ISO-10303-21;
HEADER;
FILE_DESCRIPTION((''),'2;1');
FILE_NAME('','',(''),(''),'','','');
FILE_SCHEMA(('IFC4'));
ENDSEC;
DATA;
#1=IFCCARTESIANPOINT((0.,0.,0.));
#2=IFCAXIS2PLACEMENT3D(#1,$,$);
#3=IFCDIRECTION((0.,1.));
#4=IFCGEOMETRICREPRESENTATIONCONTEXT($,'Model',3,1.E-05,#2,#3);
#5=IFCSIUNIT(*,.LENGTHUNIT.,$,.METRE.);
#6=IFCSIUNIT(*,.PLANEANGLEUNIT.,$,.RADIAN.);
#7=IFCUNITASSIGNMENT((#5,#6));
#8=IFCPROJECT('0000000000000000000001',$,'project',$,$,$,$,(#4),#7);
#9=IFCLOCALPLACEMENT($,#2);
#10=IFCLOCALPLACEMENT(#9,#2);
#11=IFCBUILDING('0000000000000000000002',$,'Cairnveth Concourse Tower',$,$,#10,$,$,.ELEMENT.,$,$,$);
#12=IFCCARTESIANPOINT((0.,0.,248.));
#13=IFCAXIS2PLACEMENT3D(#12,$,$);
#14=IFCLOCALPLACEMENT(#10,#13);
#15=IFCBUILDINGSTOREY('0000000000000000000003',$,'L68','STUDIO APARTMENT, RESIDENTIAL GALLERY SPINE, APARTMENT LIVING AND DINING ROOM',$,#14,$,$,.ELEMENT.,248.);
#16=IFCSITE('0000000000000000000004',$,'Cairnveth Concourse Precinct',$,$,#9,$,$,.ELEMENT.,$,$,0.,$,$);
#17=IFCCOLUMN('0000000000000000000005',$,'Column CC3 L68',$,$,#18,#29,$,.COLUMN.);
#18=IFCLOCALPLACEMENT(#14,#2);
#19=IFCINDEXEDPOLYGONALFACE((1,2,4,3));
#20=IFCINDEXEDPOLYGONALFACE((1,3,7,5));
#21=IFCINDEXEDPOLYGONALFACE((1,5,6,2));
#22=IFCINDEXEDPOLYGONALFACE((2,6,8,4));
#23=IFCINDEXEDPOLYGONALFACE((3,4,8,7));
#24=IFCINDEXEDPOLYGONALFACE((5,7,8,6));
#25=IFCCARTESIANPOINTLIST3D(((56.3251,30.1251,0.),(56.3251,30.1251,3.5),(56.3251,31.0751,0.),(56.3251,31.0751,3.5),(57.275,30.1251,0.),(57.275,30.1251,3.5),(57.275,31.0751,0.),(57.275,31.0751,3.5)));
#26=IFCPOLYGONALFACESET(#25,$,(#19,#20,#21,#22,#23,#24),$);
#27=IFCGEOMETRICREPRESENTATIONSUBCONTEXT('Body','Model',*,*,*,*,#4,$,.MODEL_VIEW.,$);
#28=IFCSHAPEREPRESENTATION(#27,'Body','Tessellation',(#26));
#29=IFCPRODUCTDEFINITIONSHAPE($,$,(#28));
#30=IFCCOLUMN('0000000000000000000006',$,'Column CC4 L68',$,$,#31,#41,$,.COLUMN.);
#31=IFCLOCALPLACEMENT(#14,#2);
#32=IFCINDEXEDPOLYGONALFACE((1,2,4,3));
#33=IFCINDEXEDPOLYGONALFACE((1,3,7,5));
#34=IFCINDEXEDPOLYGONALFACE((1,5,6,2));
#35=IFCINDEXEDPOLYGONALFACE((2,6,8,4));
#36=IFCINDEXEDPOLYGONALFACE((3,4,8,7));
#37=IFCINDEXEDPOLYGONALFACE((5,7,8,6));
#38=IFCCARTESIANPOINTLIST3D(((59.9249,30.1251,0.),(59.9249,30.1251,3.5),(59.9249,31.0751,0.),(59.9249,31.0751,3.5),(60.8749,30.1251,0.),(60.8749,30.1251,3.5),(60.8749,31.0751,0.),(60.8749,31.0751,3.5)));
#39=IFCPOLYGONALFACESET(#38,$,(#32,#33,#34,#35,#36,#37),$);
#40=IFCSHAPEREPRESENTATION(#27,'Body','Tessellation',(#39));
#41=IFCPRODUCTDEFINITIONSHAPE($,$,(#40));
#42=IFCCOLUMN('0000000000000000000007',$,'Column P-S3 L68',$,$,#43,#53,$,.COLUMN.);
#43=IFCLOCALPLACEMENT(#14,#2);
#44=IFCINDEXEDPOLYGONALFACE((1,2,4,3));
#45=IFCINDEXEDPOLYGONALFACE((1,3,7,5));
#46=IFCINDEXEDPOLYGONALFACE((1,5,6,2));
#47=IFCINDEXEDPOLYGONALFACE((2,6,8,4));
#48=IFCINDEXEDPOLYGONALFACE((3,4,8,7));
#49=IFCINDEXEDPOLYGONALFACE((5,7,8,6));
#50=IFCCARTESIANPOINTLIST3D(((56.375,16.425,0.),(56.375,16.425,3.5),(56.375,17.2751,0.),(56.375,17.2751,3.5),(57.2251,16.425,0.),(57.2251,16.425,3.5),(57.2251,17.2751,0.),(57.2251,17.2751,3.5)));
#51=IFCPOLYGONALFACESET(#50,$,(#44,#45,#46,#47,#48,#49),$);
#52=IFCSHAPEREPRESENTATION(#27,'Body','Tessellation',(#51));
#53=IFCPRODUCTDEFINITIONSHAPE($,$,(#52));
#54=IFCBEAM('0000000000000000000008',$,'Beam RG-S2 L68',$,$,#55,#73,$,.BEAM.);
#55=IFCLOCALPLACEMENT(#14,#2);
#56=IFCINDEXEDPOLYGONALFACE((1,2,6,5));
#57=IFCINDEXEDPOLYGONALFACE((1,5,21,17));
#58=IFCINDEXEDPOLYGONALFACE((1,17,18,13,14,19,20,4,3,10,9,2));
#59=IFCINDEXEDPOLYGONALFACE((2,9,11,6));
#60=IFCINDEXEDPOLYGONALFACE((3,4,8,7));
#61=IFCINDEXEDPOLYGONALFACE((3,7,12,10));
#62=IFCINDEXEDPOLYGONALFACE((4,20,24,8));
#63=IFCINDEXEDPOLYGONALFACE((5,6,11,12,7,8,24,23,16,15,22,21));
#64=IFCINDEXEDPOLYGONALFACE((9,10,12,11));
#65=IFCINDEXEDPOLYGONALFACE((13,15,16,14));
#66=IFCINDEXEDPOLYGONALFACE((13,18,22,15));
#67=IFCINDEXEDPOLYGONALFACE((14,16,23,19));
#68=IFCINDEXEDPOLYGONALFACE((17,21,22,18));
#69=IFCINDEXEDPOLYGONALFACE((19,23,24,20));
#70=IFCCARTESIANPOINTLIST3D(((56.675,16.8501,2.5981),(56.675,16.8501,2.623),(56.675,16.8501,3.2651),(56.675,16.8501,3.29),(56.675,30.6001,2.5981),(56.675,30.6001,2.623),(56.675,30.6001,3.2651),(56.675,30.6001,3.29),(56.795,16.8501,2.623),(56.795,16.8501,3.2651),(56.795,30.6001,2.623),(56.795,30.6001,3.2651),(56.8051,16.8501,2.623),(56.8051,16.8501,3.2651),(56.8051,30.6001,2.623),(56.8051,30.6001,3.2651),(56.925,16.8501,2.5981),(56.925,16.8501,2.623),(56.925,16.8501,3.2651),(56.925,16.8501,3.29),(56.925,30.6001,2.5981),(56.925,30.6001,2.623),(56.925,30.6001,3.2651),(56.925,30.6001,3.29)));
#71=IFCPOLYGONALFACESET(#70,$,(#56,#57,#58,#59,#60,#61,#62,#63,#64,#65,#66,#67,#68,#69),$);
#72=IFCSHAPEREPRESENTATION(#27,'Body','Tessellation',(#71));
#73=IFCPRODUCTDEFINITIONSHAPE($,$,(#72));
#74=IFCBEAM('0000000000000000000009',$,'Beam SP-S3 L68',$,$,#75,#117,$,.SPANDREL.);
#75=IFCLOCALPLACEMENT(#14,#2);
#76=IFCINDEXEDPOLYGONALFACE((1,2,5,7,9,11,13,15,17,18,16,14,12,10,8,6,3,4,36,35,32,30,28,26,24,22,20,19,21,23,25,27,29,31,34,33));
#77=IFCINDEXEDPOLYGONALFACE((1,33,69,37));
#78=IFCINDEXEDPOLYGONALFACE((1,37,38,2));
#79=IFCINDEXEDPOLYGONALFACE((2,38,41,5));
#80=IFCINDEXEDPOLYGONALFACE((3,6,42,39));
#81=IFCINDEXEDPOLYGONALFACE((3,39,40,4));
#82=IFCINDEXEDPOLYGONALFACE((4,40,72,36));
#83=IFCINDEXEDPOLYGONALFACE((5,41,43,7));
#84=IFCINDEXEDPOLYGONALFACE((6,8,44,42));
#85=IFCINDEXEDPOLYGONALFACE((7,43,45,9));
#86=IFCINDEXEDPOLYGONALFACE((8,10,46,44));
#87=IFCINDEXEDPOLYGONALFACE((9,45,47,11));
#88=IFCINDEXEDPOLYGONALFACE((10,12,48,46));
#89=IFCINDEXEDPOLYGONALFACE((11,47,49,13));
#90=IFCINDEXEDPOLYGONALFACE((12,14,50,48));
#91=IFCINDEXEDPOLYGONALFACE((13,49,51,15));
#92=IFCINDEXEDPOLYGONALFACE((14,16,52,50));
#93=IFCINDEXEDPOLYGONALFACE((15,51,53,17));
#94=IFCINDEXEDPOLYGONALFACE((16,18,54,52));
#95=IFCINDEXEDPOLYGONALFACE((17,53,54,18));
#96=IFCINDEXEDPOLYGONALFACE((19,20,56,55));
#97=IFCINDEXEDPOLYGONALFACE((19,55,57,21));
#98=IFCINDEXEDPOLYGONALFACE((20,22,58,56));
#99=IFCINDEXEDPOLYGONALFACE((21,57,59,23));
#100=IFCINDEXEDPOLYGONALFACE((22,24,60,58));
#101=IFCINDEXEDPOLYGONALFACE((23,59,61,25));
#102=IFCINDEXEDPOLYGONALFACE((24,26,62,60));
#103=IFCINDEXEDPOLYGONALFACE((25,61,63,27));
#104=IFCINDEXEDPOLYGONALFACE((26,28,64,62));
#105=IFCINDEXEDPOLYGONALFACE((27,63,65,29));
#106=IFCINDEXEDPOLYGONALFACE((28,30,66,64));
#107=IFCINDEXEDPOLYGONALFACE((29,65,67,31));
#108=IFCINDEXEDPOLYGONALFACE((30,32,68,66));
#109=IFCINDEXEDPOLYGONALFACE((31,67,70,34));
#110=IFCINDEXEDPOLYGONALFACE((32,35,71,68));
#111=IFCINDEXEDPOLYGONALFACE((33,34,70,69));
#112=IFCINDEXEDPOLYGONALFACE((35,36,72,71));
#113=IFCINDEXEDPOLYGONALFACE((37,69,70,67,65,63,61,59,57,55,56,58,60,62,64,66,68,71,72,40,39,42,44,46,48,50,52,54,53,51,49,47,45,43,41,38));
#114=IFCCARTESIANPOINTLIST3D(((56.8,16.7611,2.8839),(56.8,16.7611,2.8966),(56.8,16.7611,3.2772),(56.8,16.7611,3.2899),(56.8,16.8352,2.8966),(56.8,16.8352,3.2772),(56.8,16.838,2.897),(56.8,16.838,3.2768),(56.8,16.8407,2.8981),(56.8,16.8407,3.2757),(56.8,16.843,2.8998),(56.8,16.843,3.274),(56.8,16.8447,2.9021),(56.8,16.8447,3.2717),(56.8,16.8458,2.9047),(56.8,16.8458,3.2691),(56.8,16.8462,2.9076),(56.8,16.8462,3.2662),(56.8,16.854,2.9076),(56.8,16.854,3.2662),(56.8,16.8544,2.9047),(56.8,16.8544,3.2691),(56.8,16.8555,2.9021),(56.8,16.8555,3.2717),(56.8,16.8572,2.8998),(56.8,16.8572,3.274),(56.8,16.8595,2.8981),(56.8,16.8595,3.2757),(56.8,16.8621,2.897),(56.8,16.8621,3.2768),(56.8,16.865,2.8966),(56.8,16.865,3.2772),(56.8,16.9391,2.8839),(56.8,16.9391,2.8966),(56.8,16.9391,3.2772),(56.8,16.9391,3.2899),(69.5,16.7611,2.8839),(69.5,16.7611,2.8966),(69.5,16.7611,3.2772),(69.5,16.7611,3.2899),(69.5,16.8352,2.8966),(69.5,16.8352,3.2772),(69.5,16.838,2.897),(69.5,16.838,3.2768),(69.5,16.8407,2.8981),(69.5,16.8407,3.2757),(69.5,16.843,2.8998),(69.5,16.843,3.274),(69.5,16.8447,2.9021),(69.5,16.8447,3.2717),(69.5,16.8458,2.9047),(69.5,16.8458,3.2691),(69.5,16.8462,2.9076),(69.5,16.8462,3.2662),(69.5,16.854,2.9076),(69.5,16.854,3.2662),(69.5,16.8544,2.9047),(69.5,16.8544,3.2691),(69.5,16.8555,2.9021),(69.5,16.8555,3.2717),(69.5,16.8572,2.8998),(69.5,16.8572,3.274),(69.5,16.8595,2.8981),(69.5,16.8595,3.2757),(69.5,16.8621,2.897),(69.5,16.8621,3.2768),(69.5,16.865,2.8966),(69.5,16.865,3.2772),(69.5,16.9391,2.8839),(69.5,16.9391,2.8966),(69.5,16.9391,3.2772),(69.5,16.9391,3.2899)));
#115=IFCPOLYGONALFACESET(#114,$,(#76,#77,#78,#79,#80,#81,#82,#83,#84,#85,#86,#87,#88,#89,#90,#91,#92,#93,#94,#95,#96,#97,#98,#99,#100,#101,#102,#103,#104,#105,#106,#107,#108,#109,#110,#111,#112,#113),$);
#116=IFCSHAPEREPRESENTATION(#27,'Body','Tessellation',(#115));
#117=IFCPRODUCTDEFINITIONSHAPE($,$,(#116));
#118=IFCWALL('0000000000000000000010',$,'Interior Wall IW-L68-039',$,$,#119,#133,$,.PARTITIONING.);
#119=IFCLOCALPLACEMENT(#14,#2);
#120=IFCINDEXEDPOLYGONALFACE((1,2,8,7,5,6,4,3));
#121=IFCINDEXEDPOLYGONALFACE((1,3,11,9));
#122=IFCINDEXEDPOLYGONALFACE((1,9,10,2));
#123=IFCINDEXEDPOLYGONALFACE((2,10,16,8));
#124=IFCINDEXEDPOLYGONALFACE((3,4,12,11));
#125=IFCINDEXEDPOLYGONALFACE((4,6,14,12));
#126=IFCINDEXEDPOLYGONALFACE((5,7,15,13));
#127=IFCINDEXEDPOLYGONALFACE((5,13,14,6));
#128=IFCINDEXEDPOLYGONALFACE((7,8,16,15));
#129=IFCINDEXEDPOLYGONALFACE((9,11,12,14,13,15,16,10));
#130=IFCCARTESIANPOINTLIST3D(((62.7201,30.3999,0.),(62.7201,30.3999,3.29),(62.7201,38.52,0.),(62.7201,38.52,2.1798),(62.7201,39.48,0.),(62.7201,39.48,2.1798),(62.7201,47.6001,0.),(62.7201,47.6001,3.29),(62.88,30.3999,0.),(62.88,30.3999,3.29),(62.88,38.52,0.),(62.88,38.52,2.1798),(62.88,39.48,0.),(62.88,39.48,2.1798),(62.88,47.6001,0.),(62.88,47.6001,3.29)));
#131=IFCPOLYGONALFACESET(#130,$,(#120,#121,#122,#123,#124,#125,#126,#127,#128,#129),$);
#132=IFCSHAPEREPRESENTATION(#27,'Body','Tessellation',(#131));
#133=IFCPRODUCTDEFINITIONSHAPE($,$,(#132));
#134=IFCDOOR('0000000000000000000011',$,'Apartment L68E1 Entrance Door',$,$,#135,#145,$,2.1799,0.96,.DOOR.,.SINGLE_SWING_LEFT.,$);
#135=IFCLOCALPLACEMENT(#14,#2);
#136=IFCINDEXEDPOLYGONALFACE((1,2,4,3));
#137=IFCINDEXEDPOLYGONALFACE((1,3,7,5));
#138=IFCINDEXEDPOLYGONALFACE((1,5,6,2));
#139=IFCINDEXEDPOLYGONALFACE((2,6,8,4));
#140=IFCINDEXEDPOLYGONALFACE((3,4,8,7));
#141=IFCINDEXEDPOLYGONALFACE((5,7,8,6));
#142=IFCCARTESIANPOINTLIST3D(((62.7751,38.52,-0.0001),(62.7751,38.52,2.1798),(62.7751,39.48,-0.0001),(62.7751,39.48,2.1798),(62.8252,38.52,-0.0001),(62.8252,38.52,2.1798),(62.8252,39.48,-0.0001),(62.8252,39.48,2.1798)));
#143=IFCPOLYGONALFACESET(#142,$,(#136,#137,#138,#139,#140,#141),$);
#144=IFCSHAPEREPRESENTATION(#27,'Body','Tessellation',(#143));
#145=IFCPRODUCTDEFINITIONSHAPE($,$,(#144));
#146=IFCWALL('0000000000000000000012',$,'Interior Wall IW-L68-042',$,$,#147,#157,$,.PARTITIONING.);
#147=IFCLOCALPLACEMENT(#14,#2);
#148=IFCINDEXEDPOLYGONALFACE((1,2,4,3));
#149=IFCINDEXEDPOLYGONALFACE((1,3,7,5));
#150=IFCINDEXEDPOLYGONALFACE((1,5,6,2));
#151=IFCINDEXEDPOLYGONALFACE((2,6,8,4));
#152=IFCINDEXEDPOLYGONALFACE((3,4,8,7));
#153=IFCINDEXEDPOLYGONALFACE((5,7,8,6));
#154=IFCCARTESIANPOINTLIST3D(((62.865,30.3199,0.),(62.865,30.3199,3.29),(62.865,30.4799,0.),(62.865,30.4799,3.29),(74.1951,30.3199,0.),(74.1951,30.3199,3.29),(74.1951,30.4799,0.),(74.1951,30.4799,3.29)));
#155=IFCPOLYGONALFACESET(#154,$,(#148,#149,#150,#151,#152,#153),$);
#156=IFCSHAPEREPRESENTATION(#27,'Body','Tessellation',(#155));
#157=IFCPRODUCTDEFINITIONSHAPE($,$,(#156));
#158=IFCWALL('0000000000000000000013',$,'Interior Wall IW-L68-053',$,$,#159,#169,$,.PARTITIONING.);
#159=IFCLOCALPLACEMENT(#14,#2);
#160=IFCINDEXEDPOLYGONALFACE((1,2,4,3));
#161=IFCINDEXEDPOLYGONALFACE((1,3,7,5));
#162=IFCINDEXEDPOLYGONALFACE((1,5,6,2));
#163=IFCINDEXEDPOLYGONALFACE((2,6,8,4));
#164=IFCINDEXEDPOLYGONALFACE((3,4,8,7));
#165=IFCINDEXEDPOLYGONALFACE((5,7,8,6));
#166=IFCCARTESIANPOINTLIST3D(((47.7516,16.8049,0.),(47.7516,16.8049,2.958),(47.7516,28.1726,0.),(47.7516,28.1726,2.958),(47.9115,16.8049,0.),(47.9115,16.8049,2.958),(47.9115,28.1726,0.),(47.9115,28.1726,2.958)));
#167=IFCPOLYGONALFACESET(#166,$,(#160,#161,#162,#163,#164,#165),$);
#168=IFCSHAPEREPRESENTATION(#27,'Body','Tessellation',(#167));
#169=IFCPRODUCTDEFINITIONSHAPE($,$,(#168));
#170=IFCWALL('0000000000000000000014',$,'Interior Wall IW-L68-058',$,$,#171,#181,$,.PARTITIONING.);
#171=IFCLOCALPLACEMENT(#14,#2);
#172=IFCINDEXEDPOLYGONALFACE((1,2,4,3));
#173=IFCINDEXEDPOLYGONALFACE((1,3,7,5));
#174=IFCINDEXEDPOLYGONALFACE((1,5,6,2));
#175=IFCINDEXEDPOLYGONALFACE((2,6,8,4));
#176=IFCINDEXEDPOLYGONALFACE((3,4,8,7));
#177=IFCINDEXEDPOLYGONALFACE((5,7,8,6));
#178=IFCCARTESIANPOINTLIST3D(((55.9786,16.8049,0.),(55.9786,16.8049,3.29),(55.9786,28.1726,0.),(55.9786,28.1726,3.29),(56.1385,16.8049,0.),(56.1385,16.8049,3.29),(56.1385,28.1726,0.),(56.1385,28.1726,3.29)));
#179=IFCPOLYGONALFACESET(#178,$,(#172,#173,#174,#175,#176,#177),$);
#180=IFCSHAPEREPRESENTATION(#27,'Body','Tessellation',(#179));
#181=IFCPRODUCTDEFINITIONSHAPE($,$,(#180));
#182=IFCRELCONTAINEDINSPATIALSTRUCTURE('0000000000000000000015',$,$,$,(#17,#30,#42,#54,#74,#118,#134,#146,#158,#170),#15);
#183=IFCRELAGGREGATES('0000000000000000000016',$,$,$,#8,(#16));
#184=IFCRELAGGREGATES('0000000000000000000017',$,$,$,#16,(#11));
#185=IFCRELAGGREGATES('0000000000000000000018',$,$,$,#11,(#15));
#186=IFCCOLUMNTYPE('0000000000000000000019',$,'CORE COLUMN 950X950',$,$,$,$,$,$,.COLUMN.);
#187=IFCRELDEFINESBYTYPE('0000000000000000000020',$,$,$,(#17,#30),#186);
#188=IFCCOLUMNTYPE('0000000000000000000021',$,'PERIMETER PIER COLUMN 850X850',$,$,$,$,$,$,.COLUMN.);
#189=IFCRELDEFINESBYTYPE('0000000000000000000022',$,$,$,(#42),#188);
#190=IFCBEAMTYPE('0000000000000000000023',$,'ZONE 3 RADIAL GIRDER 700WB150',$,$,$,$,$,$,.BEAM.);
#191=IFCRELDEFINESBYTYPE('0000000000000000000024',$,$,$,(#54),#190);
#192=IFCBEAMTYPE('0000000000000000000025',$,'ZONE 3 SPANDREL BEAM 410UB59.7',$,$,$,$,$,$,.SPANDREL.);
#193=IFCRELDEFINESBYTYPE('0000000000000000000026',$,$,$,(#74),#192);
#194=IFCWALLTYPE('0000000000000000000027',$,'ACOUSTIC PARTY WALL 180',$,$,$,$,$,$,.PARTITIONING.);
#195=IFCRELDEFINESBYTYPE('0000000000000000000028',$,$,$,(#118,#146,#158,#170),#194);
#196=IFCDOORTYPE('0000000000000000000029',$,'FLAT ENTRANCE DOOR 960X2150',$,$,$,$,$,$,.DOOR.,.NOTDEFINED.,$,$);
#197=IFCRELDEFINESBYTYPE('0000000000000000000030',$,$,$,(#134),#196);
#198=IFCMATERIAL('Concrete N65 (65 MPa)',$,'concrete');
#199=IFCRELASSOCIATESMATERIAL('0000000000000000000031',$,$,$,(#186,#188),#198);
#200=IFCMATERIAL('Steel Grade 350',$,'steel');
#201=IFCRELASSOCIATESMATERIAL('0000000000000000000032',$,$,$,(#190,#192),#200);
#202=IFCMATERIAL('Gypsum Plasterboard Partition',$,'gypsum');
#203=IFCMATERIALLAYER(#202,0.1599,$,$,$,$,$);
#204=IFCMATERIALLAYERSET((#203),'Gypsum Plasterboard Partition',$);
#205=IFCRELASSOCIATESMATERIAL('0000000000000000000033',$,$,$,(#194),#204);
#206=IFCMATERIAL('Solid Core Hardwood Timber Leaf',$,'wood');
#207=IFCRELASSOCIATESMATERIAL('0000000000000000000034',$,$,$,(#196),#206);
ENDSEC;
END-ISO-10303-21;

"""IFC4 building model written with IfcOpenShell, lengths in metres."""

from ifc_helpers import new_model, si_unit, direction, frame, frame_2d, origin, origin_2d, place, context, subcontext, project, spatial, rectangle, i_section, extrude, material, layer, layer_set, material_profile, profile_set, type_object, element, fill, save


model = new_model("IFC4")

# Units and contexts
model_context = context("Model", 3, precision=1e-05, world=origin(), true_north=direction((0.0, 1.0)))
body_context = subcontext(model_context, "Body", "Model", "MODEL_VIEW")
ifc_project = project(units=[si_unit("LENGTHUNIT", "METRE"), si_unit("PLANEANGLEUNIT", "RADIAN")], contexts=[model_context])

# Site, building, storey
site_placement = place(None, origin())
site = spatial("IfcSite", under=ifc_project, at=site_placement, Name="Cairnveth Concourse Precinct", CompositionType="ELEMENT", RefElevation=0.0)
building_placement = place(site_placement, origin())
building = spatial("IfcBuilding", under=site, at=building_placement, Name="Cairnveth Concourse Tower", CompositionType="ELEMENT")
storey_placement = place(building_placement, frame((0.0, 0.0, 248.0)))
storey = spatial("IfcBuildingStorey", under=building, at=storey_placement, Name="L68", Description="STUDIO APARTMENT, RESIDENTIAL GALLERY SPINE, APARTMENT LIVING AND DINING ROOM", CompositionType="ELEMENT", Elevation=248.0)

# Columns
ifc_material_1 = material(Name="Concrete N65 (65 MPa)", Category="concrete")
ifc_material_profile_1 = material_profile(ifc_material_1, rectangle(XDim=0.95, YDim=0.95, at=origin_2d()), Name="RC-COL-950x950")
ifc_profile_set_1 = profile_set([ifc_material_profile_1], Name="Concrete N65 (65 MPa)")
column_type_1 = type_object("IfcColumnType", Name="CORE COLUMN 950X950", PredefinedType="COLUMN", material=ifc_profile_set_1)
for number, where, z_axis, x_axis, name in (
    (1, (56.8, 30.6001, 0.0), (0.0, 0.0, 1.0), (1.0, 0.0, 0.0), "Column CC3 L68"),
    (2, (60.3999, 30.6001, 0.0), (0.0, 0.0, 1.0), (1.0, 0.0, 0.0), "Column CC4 L68"),
):
    element("IfcColumn", number, at=place(storey_placement, frame(where, z_axis=z_axis, x_axis=x_axis)), inside=storey, type_object=column_type_1, Name=name, PredefinedType="COLUMN", context=body_context, shape_type="SweptSolid", body=[
        extrude(rectangle(XDim=0.95, YDim=0.95, at=origin_2d()), origin(), (0.0, 0.0, 1.0), 3.5),
    ])
ifc_material_profile_2 = material_profile(ifc_material_1, rectangle(XDim=0.8501, YDim=0.8501, at=origin_2d()), Name="RC-COL-850x850")
ifc_profile_set_2 = profile_set([ifc_material_profile_2], Name="Concrete N65 (65 MPa)")
column_type_2 = type_object("IfcColumnType", Name="PERIMETER PIER COLUMN 850X850", PredefinedType="COLUMN", material=ifc_profile_set_2)
column_placement = place(storey_placement, frame((56.8, 16.8501, 0.0), z_axis=(0.0, 0.0, 1.0), x_axis=(1.0, 0.0, 0.0)))
element("IfcColumn", 3, at=column_placement, inside=storey, type_object=column_type_2, Name="Column P-S3 L68", PredefinedType="COLUMN", context=body_context, shape_type="SweptSolid", body=[
    extrude(rectangle(XDim=0.8501, YDim=0.8501, at=origin_2d()), origin(), (0.0, 0.0, 1.0), 3.5),
])

# Beams
ifc_material_2 = material(Name="Steel Grade 350", Category="steel")
ifc_material_profile_3 = material_profile(ifc_material_2, i_section(OverallWidth=0.25, OverallDepth=0.6919, WebThickness=0.01, FlangeThickness=0.0249, at=origin_2d()), Name="700WB150")
ifc_profile_set_3 = profile_set([ifc_material_profile_3], Name="Steel Grade 350")
beam_type_1 = type_object("IfcBeamType", Name="ZONE 3 RADIAL GIRDER 700WB150", PredefinedType="BEAM", material=ifc_profile_set_3)
beam_1_placement = place(storey_placement, frame((56.8, 16.8501, 2.9441), z_axis=(0.0, 1.0, 0.0), x_axis=(-1.0, 0.0, 0.0)))
element("IfcBeam", 4, at=beam_1_placement, inside=storey, type_object=beam_type_1, Name="Beam RG-S2 L68", PredefinedType="BEAM", context=body_context, shape_type="SweptSolid", body=[
    extrude(i_section(OverallWidth=0.25, OverallDepth=0.6919, WebThickness=0.01, FlangeThickness=0.0249, at=origin_2d()), origin(), (0.0, 0.0, 1.0), 13.75),
])
ifc_material_profile_4 = material_profile(ifc_material_2, i_section(OverallWidth=0.178, OverallDepth=0.406, WebThickness=0.0078, FlangeThickness=0.0127, FilletRadius=0.011, at=origin_2d()), Name="410UB59.7")
ifc_profile_set_4 = profile_set([ifc_material_profile_4], Name="Steel Grade 350")
beam_type_2 = type_object("IfcBeamType", Name="ZONE 3 SPANDREL BEAM 410UB59.7", PredefinedType="SPANDREL", material=ifc_profile_set_4)
beam_2_placement = place(storey_placement, frame((56.8, 16.8501, 3.0869), z_axis=(1.0, 0.0, 0.0), x_axis=(0.0, 1.0, 0.0)))
element("IfcBeam", 5, at=beam_2_placement, inside=storey, type_object=beam_type_2, Name="Beam SP-S3 L68", PredefinedType="SPANDREL", context=body_context, shape_type="SweptSolid", body=[
    extrude(i_section(OverallWidth=0.178, OverallDepth=0.406, WebThickness=0.0078, FlangeThickness=0.0127, FilletRadius=0.011, at=origin_2d()), origin(), (0.0, 0.0, 1.0), 12.7),
])

# Wall, opening, door
ifc_material_3 = material(Name="Gypsum Plasterboard Partition", Category="gypsum")
ifc_layer_1 = layer(ifc_material_3, 0.1599)
ifc_layer_set_1 = layer_set([ifc_layer_1], Name="Gypsum Plasterboard Partition")
wall_type_1 = type_object("IfcWallType", Name="ACOUSTIC PARTY WALL 180", PredefinedType="PARTITIONING", material=ifc_layer_set_1)
wall_1_placement = place(storey_placement, frame((62.8, 30.3999, 0.0), z_axis=(0.0, 0.0, 1.0), x_axis=(0.0, 1.0, 0.0)))
wall_1 = element("IfcWall", 6, at=wall_1_placement, inside=storey, type_object=wall_type_1, Name="Interior Wall IW-L68-039", PredefinedType="PARTITIONING", context=body_context, shape_type="SweptSolid", body=[
    extrude(rectangle(XDim=17.2002, YDim=0.1599, at=frame_2d((8.6001, 0.0))), origin(), (0.0, 0.0, 1.0), 3.29),
])
opening_1_placement = place(wall_1_placement, frame((8.1201, 0.0, 0.0)))
opening_1 = element("IfcOpeningElement", 7, at=opening_1_placement, cuts=wall_1, PredefinedType="OPENING", context=body_context, shape_type="SweptSolid", body=[
    extrude(rectangle(XDim=0.96, YDim=2.1799, at=frame_2d((0.48, 1.0898))), frame((0.0, 0.0898, 0.0), z_axis=(0.0, -1.0, 0.0), x_axis=(1.0, 0.0, 0.0)), (0.0, 0.0, 1.0), 0.1799),
])
ifc_material_4 = material(Name="Solid Core Hardwood Timber Leaf", Category="wood")
door_type_1 = type_object("IfcDoorType", Name="FLAT ENTRANCE DOOR 960X2150", OperationType="NOTDEFINED", PredefinedType="DOOR", material=ifc_material_4)
door_1_placement = place(opening_1_placement, origin())
door_1 = element("IfcDoor", 8, at=door_1_placement, inside=storey, type_object=door_type_1, Name="Apartment L68E1 Entrance Door", OperationType="SINGLE_SWING_LEFT", OverallHeight=2.1799, OverallWidth=0.96, PredefinedType="DOOR", context=body_context, shape_type="SweptSolid", body=[
    extrude(rectangle(XDim=0.96, YDim=2.1799, at=frame_2d((0.48, 1.0898))), frame((0.0, 0.0249, 0.0), z_axis=(0.0, -1.0, 0.0), x_axis=(1.0, 0.0, 0.0)), (0.0, 0.0, 1.0), 0.05),
])
fill(opening_1, door_1)

# Walls
wall_2_placement = place(storey_placement, frame((62.865, 30.3999, 0.0), z_axis=(0.0, 0.0, 1.0), x_axis=(1.0, 0.0, 0.0)))
element("IfcWall", 9, at=wall_2_placement, inside=storey, type_object=wall_type_1, Name="Interior Wall IW-L68-042", PredefinedType="PARTITIONING", context=body_context, shape_type="SweptSolid", body=[
    extrude(rectangle(XDim=11.3301, YDim=0.1599, at=frame_2d((5.665, 0.0))), origin(), (0.0, 0.0, 1.0), 3.29),
])
wall_3_placement = place(storey_placement, frame((47.8315, 16.8049, 0.0), z_axis=(0.0, 0.0, 1.0), x_axis=(0.0, 1.0, 0.0)))
element("IfcWall", 10, at=wall_3_placement, inside=storey, type_object=wall_type_1, Name="Interior Wall IW-L68-053", PredefinedType="PARTITIONING", context=body_context, shape_type="SweptSolid", body=[
    extrude(rectangle(XDim=11.3677, YDim=0.1599, at=frame_2d((5.6838, 0.0))), origin(), (0.0, 0.0, 1.0), 2.958),
])
wall_4_placement = place(storey_placement, frame((56.0586, 16.8049, 0.0), z_axis=(0.0, 0.0, 1.0), x_axis=(0.0, 1.0, 0.0)))
element("IfcWall", 11, at=wall_4_placement, inside=storey, type_object=wall_type_1, Name="Interior Wall IW-L68-058", PredefinedType="PARTITIONING", context=body_context, shape_type="SweptSolid", body=[
    extrude(rectangle(XDim=11.3677, YDim=0.1599, at=frame_2d((5.6838, 0.0))), origin(), (0.0, 0.0, 1.0), 3.29),
])

save(model, "model.ifc")
